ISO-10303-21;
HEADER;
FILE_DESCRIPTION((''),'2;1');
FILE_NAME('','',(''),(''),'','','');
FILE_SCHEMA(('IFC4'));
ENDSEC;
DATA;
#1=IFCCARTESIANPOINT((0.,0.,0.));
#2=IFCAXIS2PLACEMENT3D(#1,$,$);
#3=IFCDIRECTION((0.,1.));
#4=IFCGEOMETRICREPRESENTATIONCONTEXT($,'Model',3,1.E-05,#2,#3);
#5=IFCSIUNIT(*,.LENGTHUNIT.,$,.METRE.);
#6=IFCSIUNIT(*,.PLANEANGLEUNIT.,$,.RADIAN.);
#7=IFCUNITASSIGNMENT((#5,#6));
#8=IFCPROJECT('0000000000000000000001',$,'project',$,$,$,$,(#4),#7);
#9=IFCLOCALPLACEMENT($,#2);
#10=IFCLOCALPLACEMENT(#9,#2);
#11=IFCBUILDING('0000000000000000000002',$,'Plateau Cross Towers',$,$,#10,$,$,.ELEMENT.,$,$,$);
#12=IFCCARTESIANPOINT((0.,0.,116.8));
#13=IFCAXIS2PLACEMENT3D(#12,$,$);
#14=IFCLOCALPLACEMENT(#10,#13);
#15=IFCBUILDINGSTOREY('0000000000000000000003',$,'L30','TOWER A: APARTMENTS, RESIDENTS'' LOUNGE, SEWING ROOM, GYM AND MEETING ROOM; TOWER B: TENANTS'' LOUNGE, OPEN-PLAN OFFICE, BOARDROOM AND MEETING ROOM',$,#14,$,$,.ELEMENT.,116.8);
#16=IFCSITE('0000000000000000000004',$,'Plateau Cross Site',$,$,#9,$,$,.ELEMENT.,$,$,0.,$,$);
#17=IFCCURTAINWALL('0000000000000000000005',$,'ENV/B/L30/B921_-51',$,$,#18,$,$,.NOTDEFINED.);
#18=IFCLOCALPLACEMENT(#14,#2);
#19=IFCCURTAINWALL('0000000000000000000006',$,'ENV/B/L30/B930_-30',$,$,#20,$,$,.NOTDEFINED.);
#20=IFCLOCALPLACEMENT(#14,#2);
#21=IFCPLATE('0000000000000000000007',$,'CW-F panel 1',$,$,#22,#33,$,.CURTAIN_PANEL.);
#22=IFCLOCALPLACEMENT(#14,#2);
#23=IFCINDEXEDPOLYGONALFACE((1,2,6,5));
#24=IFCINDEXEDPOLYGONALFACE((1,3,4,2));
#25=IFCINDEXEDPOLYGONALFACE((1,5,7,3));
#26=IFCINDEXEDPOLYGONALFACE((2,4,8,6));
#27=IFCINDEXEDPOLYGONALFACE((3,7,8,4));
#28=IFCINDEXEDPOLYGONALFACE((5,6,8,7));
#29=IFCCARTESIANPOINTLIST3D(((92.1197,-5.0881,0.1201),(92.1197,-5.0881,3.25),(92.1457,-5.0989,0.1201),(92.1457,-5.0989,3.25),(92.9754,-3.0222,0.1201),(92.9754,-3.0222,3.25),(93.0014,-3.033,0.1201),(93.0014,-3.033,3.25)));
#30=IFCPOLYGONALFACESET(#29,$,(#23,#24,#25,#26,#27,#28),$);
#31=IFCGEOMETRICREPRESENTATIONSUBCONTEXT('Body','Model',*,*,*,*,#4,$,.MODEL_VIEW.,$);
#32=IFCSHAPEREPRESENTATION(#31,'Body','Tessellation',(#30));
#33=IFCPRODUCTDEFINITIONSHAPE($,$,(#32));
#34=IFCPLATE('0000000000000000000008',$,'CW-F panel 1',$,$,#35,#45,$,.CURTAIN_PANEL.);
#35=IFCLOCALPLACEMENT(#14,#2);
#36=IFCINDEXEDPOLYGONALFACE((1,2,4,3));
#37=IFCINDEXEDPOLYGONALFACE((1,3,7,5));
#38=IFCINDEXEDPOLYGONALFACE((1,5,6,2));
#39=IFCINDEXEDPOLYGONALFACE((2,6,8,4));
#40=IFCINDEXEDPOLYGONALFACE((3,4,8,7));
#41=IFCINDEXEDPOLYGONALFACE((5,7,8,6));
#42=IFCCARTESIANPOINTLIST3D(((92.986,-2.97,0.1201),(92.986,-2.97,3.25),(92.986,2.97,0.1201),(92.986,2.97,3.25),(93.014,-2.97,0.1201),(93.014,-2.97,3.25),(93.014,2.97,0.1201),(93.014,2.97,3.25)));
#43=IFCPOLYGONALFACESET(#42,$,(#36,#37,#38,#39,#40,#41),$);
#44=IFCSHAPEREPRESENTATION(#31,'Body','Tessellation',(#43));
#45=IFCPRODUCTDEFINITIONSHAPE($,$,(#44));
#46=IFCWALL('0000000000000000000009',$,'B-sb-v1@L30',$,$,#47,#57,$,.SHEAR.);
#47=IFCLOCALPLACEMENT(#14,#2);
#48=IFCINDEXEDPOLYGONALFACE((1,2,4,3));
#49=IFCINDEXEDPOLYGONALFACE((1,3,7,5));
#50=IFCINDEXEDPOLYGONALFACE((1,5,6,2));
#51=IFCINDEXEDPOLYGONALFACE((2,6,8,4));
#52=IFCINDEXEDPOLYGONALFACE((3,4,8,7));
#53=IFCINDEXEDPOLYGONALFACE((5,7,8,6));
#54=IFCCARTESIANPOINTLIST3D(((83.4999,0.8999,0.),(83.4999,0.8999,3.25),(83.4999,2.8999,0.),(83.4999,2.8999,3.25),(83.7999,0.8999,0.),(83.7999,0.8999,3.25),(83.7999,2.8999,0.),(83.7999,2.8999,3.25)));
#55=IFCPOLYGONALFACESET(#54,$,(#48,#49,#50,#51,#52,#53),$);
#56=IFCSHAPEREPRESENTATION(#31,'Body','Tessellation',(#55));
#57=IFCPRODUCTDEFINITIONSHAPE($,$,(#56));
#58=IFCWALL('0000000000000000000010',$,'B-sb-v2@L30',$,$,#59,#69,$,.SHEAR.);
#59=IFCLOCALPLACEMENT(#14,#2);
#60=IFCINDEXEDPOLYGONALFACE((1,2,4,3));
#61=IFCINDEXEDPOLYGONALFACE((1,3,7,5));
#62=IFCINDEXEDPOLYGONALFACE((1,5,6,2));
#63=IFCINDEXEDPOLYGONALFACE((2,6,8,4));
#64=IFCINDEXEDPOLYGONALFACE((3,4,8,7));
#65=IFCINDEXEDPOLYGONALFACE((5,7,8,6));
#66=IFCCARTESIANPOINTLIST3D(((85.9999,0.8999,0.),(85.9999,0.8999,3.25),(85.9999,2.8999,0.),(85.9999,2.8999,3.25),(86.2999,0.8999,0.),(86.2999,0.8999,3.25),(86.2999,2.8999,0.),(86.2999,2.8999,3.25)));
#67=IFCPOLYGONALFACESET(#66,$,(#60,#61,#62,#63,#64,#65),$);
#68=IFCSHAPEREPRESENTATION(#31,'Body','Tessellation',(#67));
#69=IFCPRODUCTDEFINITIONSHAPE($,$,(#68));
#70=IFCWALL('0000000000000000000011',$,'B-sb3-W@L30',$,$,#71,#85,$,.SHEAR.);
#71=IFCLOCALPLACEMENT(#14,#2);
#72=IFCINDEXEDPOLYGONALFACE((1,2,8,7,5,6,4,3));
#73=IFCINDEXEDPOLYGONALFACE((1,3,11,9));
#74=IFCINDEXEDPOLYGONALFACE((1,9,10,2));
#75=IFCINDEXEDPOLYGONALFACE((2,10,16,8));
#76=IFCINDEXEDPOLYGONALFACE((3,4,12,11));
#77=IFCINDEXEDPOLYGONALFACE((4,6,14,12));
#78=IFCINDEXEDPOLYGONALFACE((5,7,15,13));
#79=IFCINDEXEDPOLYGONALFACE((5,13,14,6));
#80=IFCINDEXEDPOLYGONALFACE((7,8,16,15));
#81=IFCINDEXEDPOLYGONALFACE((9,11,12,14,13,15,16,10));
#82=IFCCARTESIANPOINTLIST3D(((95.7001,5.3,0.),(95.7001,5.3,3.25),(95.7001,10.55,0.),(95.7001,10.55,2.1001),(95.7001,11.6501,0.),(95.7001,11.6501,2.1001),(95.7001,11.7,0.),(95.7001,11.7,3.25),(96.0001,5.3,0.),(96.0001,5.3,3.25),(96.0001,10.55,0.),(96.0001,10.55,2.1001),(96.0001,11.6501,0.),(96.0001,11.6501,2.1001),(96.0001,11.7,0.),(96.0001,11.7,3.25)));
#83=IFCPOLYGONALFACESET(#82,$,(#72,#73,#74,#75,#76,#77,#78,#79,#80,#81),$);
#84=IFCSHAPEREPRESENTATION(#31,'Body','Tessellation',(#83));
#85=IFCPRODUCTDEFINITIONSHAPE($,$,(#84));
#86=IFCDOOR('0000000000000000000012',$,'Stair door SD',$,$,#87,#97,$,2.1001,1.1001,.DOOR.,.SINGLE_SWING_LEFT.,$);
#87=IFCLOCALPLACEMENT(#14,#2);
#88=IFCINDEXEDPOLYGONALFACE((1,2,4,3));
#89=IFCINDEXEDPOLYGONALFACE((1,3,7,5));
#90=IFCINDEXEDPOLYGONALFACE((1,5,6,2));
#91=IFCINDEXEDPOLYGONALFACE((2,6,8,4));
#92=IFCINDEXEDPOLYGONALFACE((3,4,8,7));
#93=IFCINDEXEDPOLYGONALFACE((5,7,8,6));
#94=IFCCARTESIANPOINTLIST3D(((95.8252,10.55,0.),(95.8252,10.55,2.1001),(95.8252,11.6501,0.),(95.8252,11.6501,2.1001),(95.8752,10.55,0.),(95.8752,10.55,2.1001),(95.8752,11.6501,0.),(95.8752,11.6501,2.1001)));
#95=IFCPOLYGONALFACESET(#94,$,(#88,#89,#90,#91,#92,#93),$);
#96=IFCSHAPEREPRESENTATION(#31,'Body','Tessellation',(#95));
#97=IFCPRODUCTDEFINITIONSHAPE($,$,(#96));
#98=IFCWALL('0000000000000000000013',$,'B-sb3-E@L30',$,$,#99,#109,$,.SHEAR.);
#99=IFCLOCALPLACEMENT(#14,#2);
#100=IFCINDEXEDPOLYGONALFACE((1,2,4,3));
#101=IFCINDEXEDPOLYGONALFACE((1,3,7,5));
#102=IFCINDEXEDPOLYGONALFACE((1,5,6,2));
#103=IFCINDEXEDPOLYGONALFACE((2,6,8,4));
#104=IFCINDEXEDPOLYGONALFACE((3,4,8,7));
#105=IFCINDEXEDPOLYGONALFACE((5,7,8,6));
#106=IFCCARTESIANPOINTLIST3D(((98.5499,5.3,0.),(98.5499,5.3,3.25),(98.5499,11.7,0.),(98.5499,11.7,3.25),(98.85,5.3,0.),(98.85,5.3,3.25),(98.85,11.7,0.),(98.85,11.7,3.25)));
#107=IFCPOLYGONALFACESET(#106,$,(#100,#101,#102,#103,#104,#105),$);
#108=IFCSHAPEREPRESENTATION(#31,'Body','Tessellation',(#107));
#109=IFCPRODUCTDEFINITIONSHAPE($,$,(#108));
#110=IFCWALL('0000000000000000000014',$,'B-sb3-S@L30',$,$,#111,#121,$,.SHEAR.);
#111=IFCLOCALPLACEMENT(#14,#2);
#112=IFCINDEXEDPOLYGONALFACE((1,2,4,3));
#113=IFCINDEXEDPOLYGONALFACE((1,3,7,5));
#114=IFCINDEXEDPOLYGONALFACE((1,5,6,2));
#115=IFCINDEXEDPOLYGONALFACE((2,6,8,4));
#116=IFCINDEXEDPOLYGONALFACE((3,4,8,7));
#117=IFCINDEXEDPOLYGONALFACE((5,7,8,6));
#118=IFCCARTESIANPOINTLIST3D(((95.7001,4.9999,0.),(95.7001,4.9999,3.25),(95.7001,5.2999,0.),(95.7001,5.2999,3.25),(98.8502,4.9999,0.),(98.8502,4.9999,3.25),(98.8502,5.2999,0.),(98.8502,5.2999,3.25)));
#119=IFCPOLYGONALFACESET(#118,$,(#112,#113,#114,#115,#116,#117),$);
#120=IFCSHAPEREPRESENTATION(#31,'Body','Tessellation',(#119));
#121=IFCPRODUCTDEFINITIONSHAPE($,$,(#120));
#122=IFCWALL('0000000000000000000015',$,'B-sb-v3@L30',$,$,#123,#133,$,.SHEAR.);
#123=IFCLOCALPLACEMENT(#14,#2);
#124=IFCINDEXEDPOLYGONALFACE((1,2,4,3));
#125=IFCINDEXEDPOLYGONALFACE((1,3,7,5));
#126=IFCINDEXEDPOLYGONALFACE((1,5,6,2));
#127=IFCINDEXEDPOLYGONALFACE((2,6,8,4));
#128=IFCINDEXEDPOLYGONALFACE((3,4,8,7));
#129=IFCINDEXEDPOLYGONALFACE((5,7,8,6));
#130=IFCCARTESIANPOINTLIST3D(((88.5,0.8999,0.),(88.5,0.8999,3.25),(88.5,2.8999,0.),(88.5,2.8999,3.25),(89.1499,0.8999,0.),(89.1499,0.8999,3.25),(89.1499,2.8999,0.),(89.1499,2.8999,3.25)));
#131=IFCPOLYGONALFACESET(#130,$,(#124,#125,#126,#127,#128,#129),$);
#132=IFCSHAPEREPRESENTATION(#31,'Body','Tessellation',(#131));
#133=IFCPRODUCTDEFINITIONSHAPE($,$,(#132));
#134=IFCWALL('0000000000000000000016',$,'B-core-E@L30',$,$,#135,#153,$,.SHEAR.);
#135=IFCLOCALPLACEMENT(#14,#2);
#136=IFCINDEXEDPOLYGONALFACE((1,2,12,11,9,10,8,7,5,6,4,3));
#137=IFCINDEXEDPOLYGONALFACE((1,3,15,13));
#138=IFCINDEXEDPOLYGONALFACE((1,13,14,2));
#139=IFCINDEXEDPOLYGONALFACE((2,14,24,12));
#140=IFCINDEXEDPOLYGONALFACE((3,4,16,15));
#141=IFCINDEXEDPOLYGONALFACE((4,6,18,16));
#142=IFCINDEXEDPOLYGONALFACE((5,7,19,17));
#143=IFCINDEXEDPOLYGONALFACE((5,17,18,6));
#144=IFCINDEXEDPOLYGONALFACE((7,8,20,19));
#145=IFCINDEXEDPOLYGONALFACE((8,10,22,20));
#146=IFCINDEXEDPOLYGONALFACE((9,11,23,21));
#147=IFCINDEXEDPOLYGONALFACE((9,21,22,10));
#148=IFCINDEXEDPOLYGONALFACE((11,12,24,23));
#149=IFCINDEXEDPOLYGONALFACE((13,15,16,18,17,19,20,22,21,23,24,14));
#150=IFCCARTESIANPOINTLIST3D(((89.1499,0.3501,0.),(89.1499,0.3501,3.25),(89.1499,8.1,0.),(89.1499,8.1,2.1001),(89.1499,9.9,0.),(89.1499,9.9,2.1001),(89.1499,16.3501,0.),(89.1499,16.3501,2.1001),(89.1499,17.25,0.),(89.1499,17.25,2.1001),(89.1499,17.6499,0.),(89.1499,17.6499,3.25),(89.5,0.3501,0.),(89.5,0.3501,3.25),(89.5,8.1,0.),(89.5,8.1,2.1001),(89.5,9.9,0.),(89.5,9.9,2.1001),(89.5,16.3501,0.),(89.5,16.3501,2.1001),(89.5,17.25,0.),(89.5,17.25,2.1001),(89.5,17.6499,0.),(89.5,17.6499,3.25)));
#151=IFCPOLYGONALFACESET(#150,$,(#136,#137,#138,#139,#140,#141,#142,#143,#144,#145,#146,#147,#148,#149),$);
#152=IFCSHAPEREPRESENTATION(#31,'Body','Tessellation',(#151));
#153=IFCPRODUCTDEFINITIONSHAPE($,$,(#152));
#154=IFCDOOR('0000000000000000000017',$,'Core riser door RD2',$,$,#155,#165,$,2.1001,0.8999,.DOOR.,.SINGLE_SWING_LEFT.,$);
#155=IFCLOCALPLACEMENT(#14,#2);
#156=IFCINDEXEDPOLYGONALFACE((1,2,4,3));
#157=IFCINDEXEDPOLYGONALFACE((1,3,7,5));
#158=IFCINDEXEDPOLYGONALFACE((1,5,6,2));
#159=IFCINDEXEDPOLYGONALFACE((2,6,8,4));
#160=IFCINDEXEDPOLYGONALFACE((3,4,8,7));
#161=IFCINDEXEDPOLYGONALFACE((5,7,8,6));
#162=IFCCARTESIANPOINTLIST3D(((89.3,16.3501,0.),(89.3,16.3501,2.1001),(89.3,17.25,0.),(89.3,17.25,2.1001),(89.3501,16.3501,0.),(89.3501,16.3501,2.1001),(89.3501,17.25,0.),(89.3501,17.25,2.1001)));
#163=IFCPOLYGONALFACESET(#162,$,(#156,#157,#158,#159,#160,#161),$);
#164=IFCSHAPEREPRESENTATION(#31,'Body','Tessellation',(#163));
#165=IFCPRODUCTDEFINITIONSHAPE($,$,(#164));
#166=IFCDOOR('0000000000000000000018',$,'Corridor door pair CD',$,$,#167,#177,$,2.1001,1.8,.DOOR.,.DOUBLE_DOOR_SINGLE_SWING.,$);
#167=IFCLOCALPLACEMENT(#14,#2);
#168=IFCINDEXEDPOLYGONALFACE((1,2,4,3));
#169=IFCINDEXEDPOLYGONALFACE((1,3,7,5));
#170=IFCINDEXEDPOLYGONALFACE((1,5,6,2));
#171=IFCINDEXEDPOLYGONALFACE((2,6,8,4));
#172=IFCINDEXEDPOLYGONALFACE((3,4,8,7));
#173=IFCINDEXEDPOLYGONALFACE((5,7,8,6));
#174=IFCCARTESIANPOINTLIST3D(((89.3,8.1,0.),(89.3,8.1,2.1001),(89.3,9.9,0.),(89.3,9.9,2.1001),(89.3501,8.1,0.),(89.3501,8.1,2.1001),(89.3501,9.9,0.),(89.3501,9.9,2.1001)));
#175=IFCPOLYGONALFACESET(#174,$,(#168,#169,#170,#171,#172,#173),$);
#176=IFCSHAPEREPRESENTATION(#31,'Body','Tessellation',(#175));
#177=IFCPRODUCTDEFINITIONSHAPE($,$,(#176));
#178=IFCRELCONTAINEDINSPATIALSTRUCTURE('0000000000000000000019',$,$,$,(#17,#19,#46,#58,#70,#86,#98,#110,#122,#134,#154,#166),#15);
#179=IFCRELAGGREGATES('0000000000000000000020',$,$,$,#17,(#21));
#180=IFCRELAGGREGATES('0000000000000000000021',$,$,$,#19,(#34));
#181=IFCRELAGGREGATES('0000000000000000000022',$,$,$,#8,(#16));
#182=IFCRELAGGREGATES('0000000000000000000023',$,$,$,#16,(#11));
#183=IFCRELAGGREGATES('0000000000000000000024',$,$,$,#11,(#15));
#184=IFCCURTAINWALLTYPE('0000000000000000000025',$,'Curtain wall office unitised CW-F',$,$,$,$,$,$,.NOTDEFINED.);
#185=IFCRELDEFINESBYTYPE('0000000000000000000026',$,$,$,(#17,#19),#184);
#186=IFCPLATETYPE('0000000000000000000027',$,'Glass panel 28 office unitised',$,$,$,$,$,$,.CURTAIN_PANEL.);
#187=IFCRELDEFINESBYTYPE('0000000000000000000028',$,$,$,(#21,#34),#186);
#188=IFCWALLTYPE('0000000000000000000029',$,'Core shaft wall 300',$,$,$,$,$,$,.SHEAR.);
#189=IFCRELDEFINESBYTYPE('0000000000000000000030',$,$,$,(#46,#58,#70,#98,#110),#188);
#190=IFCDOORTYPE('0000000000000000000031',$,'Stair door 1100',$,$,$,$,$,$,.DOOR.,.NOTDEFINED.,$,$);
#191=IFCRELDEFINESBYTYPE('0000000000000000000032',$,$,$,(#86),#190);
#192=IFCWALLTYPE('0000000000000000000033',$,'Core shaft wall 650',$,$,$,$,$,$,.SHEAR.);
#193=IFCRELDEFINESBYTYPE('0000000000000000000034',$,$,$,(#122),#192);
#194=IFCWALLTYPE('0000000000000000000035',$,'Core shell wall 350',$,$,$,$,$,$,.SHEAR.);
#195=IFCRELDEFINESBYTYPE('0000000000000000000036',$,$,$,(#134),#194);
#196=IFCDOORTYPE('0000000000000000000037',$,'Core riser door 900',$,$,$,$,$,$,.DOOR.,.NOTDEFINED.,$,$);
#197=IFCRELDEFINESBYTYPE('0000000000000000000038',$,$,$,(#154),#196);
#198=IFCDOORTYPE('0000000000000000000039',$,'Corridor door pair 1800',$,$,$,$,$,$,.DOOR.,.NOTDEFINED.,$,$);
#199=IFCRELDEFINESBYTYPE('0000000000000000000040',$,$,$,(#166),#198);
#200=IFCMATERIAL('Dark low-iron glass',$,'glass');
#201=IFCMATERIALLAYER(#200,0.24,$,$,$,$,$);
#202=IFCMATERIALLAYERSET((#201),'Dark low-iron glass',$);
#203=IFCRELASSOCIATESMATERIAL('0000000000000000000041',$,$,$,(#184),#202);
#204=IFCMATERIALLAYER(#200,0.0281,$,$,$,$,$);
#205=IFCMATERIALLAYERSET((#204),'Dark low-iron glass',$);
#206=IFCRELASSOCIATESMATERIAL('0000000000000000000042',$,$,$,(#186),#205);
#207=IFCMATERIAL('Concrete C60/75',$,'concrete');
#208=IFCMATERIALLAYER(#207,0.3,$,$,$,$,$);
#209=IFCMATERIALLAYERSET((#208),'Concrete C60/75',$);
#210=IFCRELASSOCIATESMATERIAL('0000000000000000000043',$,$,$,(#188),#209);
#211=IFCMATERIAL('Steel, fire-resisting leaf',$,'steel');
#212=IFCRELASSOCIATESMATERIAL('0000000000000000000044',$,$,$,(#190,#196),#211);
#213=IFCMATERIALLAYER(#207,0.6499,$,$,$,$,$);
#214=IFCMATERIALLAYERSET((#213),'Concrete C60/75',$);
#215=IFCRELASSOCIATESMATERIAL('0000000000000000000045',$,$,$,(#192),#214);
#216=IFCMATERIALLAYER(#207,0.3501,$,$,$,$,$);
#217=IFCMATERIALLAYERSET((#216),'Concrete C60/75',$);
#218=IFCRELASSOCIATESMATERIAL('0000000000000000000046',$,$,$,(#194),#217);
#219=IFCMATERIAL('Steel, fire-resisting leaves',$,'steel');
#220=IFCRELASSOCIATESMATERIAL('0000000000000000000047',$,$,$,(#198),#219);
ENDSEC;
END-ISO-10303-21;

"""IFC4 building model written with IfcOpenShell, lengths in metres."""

from ifc_helpers import new_model, si_unit, direction, frame, frame_2d, origin, origin_2d, place, context, subcontext, project, spatial, rectangle, extrude, material, layer, layer_set, type_object, element, fill, aggregate, save


model = new_model("IFC4")

# Units and contexts
model_context = context("Model", 3, precision=1e-05, world=origin(), true_north=direction((0.0, 1.0)))
body_context = subcontext(model_context, "Body", "Model", "MODEL_VIEW")
ifc_project = project(units=[si_unit("LENGTHUNIT", "METRE"), si_unit("PLANEANGLEUNIT", "RADIAN")], contexts=[model_context])

# Site, building, storey
site_placement = place(None, origin())
site = spatial("IfcSite", under=ifc_project, at=site_placement, Name="Plateau Cross Site", CompositionType="ELEMENT", RefElevation=0.0)
building_placement = place(site_placement, origin())
building = spatial("IfcBuilding", under=site, at=building_placement, Name="Plateau Cross Towers", CompositionType="ELEMENT")
storey_placement = place(building_placement, frame((0.0, 0.0, 116.8)))
storey = spatial("IfcBuildingStorey", under=building, at=storey_placement, Name="L30", Description="TOWER A: APARTMENTS, RESIDENTS' LOUNGE, SEWING ROOM, GYM AND MEETING ROOM; TOWER B: TENANTS' LOUNGE, OPEN-PLAN OFFICE, BOARDROOM AND MEETING ROOM", CompositionType="ELEMENT", Elevation=116.8)

# Shared definitions
ifc_material_1 = material(Name="Concrete C60/75", Category="concrete")

# Curtain wall
ifc_material_2 = material(Name="Dark low-iron glass", Category="glass")
ifc_layer_1 = layer(ifc_material_2, 0.24)
ifc_layer_set_1 = layer_set([ifc_layer_1], Name="Dark low-iron glass")
curtain_wall_type = type_object("IfcCurtainWallType", Name="Curtain wall office unitised CW-F", PredefinedType="NOTDEFINED", material=ifc_layer_set_1)
curtain_wall_1_placement = place(storey_placement, origin())
curtain_wall_1 = element("IfcCurtainWall", 1, at=curtain_wall_1_placement, inside=storey, type_object=curtain_wall_type, Name="ENV/B/L30/B921_-51", PredefinedType="NOTDEFINED")

# Curtain wall
curtain_wall_2_placement = place(storey_placement, origin())
curtain_wall_2 = element("IfcCurtainWall", 2, at=curtain_wall_2_placement, inside=storey, type_object=curtain_wall_type, Name="ENV/B/L30/B930_-30", PredefinedType="NOTDEFINED")

# Shared definitions
ifc_layer_2 = layer(ifc_material_2, 0.0281)
ifc_layer_set_2 = layer_set([ifc_layer_2], Name="Dark low-iron glass")
plate_type = type_object("IfcPlateType", Name="Glass panel 28 office unitised", PredefinedType="CURTAIN_PANEL", material=ifc_layer_set_2)

# Plates
plate_1_placement = place(storey_placement, frame((92.5605, -4.0605, 0.1201), z_axis=(0.0, 0.0, 1.0), x_axis=(0.382684, 0.923879, 0.0)))
plate_1 = element("IfcPlate", 3, at=plate_1_placement, type_object=plate_type, Name="CW-F panel 1", PredefinedType="CURTAIN_PANEL", context=body_context, shape_type="SweptSolid", body=[
    extrude(rectangle(XDim=2.2361, YDim=0.0281, at=origin_2d()), origin(), (0.0, 0.0, 1.0), 3.1299),
])
aggregate(curtain_wall_1, [plate_1])
plate_2_placement = place(storey_placement, frame((93.0, 0.0, 0.1201), z_axis=(0.0, 0.0, 1.0), x_axis=(0.0, 1.0, 0.0)))
plate_2 = element("IfcPlate", 4, at=plate_2_placement, type_object=plate_type, Name="CW-F panel 1", PredefinedType="CURTAIN_PANEL", context=body_context, shape_type="SweptSolid", body=[
    extrude(rectangle(XDim=5.9399, YDim=0.0281, at=origin_2d()), origin(), (0.0, 0.0, 1.0), 3.1299),
])
aggregate(curtain_wall_2, [plate_2])

# Walls
ifc_layer_3 = layer(ifc_material_1, 0.3)
ifc_layer_set_3 = layer_set([ifc_layer_3], Name="Concrete C60/75")
wall_type_1 = type_object("IfcWallType", Name="Core shaft wall 300", PredefinedType="SHEAR", material=ifc_layer_set_3)
for number, where, z_axis, x_axis, name in (
    (5, (83.6499, 0.8999, 0.0), (0.0, 0.0, 1.0), (0.0, 1.0, 0.0), "B-sb-v1@L30"),
    (6, (86.1499, 0.8999, 0.0), (0.0, 0.0, 1.0), (0.0, 1.0, 0.0), "B-sb-v2@L30"),
):
    element("IfcWall", number, at=place(storey_placement, frame(where, z_axis=z_axis, x_axis=x_axis)), inside=storey, type_object=wall_type_1, Name=name, PredefinedType="SHEAR", context=body_context, shape_type="SweptSolid", body=[
        extrude(rectangle(XDim=2.0, YDim=0.3, at=frame_2d((1.0, 0.0))), origin(), (0.0, 0.0, 1.0), 3.25),
    ])

# Wall, opening, door
wall_1_placement = place(storey_placement, frame((95.8501, 5.3, 0.0), z_axis=(0.0, 0.0, 1.0), x_axis=(0.0, 1.0, 0.0)))
wall_1 = element("IfcWall", 7, at=wall_1_placement, inside=storey, type_object=wall_type_1, Name="B-sb3-W@L30", PredefinedType="SHEAR", context=body_context, shape_type="SweptSolid", body=[
    extrude(rectangle(XDim=6.3999, YDim=0.3, at=frame_2d((3.2, 0.0))), origin(), (0.0, 0.0, 1.0), 3.25),
])
opening_1_placement = place(wall_1_placement, frame((5.25, 0.0, 0.0)))
opening_1 = element("IfcOpeningElement", 8, at=opening_1_placement, cuts=wall_1, PredefinedType="OPENING", context=body_context, shape_type="SweptSolid", body=[
    extrude(rectangle(XDim=1.1001, YDim=2.1001, at=frame_2d((0.55, 1.05))), frame((0.0, 0.1599, 0.0), z_axis=(0.0, -1.0, 0.0), x_axis=(1.0, 0.0, 0.0)), (0.0, 0.0, 1.0), 0.3201),
])
ifc_material_3 = material(Name="Steel, fire-resisting leaf", Category="steel")
door_type_1 = type_object("IfcDoorType", Name="Stair door 1100", OperationType="NOTDEFINED", PredefinedType="DOOR", material=ifc_material_3)
door_1_placement = place(opening_1_placement, origin())
door_1 = element("IfcDoor", 9, at=door_1_placement, inside=storey, type_object=door_type_1, Name="Stair door SD", OperationType="SINGLE_SWING_LEFT", OverallHeight=2.1001, OverallWidth=1.1001, PredefinedType="DOOR", context=body_context, shape_type="SweptSolid", body=[
    extrude(rectangle(XDim=1.1001, YDim=2.1001, at=frame_2d((0.55, 1.05))), frame((0.0, 0.0249, 0.0), z_axis=(0.0, -1.0, 0.0), x_axis=(1.0, 0.0, 0.0)), (0.0, 0.0, 1.0), 0.05),
])
fill(opening_1, door_1)

# Walls
wall_2_placement = place(storey_placement, frame((98.7, 5.3, 0.0), z_axis=(0.0, 0.0, 1.0), x_axis=(0.0, 1.0, 0.0)))
element("IfcWall", 10, at=wall_2_placement, inside=storey, type_object=wall_type_1, Name="B-sb3-E@L30", PredefinedType="SHEAR", context=body_context, shape_type="SweptSolid", body=[
    extrude(rectangle(XDim=6.3999, YDim=0.3, at=frame_2d((3.2, 0.0))), origin(), (0.0, 0.0, 1.0), 3.25),
])
wall_3_placement = place(storey_placement, frame((95.7, 5.1499, 0.0), z_axis=(0.0, 0.0, 1.0), x_axis=(1.0, 0.0, 0.0)))
element("IfcWall", 11, at=wall_3_placement, inside=storey, type_object=wall_type_1, Name="B-sb3-S@L30", PredefinedType="SHEAR", context=body_context, shape_type="SweptSolid", body=[
    extrude(rectangle(XDim=3.1501, YDim=0.3, at=frame_2d((1.5752, 0.0))), origin(), (0.0, 0.0, 1.0), 3.25),
])
ifc_layer_4 = layer(ifc_material_1, 0.6499)
ifc_layer_set_4 = layer_set([ifc_layer_4], Name="Concrete C60/75")
wall_type_2 = type_object("IfcWallType", Name="Core shaft wall 650", PredefinedType="SHEAR", material=ifc_layer_set_4)
wall_4_placement = place(storey_placement, frame((88.825, 0.8999, 0.0), z_axis=(0.0, 0.0, 1.0), x_axis=(0.0, 1.0, 0.0)))
element("IfcWall", 12, at=wall_4_placement, inside=storey, type_object=wall_type_2, Name="B-sb-v3@L30", PredefinedType="SHEAR", context=body_context, shape_type="SweptSolid", body=[
    extrude(rectangle(XDim=2.0, YDim=0.6499, at=frame_2d((1.0, 0.0))), origin(), (0.0, 0.0, 1.0), 3.25),
])

# Wall, openings, doors
ifc_layer_5 = layer(ifc_material_1, 0.3501)
ifc_layer_set_5 = layer_set([ifc_layer_5], Name="Concrete C60/75")
wall_type_3 = type_object("IfcWallType", Name="Core shell wall 350", PredefinedType="SHEAR", material=ifc_layer_set_5)
wall_5_placement = place(storey_placement, frame((89.325, 0.3501, 0.0), z_axis=(0.0, 0.0, 1.0), x_axis=(0.0, 1.0, 0.0)))
wall_5 = element("IfcWall", 13, at=wall_5_placement, inside=storey, type_object=wall_type_3, Name="B-core-E@L30", PredefinedType="SHEAR", context=body_context, shape_type="SweptSolid", body=[
    extrude(rectangle(XDim=17.2998, YDim=0.3501, at=frame_2d((8.6499, 0.0))), origin(), (0.0, 0.0, 1.0), 3.25),
])
opening_2_placement = place(wall_5_placement, frame((7.75, 0.0, 0.0)))
opening_2 = element("IfcOpeningElement", 14, at=opening_2_placement, cuts=wall_5, PredefinedType="OPENING", context=body_context, shape_type="SweptSolid", body=[
    extrude(rectangle(XDim=1.8, YDim=2.1001, at=frame_2d((0.8999, 1.05))), frame((0.0, 0.1851, 0.0), z_axis=(0.0, -1.0, 0.0), x_axis=(1.0, 0.0, 0.0)), (0.0, 0.0, 1.0), 0.3701),
])
opening_3_placement = place(wall_5_placement, frame((16.0, 0.0, 0.0)))
opening_3 = element("IfcOpeningElement", 15, at=opening_3_placement, cuts=wall_5, PredefinedType="OPENING", context=body_context, shape_type="SweptSolid", body=[
    extrude(rectangle(XDim=0.8999, YDim=2.1001, at=frame_2d((0.45, 1.05))), frame((0.0, 0.1851, 0.0), z_axis=(0.0, -1.0, 0.0), x_axis=(1.0, 0.0, 0.0)), (0.0, 0.0, 1.0), 0.3701),
])
door_type_2 = type_object("IfcDoorType", Name="Core riser door 900", OperationType="NOTDEFINED", PredefinedType="DOOR", material=ifc_material_3)
door_2_placement = place(opening_3_placement, origin())
door_2 = element("IfcDoor", 16, at=door_2_placement, inside=storey, type_object=door_type_2, Name="Core riser door RD2", OperationType="SINGLE_SWING_LEFT", OverallHeight=2.1001, OverallWidth=0.8999, PredefinedType="DOOR", context=body_context, shape_type="SweptSolid", body=[
    extrude(rectangle(XDim=0.8999, YDim=2.1001, at=frame_2d((0.45, 1.05))), frame((0.0, 0.0249, 0.0), z_axis=(0.0, -1.0, 0.0), x_axis=(1.0, 0.0, 0.0)), (0.0, 0.0, 1.0), 0.05),
])
fill(opening_3, door_2)
ifc_material_4 = material(Name="Steel, fire-resisting leaves", Category="steel")
door_type_3 = type_object("IfcDoorType", Name="Corridor door pair 1800", OperationType="NOTDEFINED", PredefinedType="DOOR", material=ifc_material_4)
door_3_placement = place(opening_2_placement, origin())
door_3 = element("IfcDoor", 17, at=door_3_placement, inside=storey, type_object=door_type_3, Name="Corridor door pair CD", OperationType="DOUBLE_DOOR_SINGLE_SWING", OverallHeight=2.1001, OverallWidth=1.8, PredefinedType="DOOR", context=body_context, shape_type="SweptSolid", body=[
    extrude(rectangle(XDim=1.8, YDim=2.1001, at=frame_2d((0.8999, 1.05))), frame((0.0, 0.0249, 0.0), z_axis=(0.0, -1.0, 0.0), x_axis=(1.0, 0.0, 0.0)), (0.0, 0.0, 1.0), 0.05),
])
fill(opening_2, door_3)

save(model, "model.ifc")
